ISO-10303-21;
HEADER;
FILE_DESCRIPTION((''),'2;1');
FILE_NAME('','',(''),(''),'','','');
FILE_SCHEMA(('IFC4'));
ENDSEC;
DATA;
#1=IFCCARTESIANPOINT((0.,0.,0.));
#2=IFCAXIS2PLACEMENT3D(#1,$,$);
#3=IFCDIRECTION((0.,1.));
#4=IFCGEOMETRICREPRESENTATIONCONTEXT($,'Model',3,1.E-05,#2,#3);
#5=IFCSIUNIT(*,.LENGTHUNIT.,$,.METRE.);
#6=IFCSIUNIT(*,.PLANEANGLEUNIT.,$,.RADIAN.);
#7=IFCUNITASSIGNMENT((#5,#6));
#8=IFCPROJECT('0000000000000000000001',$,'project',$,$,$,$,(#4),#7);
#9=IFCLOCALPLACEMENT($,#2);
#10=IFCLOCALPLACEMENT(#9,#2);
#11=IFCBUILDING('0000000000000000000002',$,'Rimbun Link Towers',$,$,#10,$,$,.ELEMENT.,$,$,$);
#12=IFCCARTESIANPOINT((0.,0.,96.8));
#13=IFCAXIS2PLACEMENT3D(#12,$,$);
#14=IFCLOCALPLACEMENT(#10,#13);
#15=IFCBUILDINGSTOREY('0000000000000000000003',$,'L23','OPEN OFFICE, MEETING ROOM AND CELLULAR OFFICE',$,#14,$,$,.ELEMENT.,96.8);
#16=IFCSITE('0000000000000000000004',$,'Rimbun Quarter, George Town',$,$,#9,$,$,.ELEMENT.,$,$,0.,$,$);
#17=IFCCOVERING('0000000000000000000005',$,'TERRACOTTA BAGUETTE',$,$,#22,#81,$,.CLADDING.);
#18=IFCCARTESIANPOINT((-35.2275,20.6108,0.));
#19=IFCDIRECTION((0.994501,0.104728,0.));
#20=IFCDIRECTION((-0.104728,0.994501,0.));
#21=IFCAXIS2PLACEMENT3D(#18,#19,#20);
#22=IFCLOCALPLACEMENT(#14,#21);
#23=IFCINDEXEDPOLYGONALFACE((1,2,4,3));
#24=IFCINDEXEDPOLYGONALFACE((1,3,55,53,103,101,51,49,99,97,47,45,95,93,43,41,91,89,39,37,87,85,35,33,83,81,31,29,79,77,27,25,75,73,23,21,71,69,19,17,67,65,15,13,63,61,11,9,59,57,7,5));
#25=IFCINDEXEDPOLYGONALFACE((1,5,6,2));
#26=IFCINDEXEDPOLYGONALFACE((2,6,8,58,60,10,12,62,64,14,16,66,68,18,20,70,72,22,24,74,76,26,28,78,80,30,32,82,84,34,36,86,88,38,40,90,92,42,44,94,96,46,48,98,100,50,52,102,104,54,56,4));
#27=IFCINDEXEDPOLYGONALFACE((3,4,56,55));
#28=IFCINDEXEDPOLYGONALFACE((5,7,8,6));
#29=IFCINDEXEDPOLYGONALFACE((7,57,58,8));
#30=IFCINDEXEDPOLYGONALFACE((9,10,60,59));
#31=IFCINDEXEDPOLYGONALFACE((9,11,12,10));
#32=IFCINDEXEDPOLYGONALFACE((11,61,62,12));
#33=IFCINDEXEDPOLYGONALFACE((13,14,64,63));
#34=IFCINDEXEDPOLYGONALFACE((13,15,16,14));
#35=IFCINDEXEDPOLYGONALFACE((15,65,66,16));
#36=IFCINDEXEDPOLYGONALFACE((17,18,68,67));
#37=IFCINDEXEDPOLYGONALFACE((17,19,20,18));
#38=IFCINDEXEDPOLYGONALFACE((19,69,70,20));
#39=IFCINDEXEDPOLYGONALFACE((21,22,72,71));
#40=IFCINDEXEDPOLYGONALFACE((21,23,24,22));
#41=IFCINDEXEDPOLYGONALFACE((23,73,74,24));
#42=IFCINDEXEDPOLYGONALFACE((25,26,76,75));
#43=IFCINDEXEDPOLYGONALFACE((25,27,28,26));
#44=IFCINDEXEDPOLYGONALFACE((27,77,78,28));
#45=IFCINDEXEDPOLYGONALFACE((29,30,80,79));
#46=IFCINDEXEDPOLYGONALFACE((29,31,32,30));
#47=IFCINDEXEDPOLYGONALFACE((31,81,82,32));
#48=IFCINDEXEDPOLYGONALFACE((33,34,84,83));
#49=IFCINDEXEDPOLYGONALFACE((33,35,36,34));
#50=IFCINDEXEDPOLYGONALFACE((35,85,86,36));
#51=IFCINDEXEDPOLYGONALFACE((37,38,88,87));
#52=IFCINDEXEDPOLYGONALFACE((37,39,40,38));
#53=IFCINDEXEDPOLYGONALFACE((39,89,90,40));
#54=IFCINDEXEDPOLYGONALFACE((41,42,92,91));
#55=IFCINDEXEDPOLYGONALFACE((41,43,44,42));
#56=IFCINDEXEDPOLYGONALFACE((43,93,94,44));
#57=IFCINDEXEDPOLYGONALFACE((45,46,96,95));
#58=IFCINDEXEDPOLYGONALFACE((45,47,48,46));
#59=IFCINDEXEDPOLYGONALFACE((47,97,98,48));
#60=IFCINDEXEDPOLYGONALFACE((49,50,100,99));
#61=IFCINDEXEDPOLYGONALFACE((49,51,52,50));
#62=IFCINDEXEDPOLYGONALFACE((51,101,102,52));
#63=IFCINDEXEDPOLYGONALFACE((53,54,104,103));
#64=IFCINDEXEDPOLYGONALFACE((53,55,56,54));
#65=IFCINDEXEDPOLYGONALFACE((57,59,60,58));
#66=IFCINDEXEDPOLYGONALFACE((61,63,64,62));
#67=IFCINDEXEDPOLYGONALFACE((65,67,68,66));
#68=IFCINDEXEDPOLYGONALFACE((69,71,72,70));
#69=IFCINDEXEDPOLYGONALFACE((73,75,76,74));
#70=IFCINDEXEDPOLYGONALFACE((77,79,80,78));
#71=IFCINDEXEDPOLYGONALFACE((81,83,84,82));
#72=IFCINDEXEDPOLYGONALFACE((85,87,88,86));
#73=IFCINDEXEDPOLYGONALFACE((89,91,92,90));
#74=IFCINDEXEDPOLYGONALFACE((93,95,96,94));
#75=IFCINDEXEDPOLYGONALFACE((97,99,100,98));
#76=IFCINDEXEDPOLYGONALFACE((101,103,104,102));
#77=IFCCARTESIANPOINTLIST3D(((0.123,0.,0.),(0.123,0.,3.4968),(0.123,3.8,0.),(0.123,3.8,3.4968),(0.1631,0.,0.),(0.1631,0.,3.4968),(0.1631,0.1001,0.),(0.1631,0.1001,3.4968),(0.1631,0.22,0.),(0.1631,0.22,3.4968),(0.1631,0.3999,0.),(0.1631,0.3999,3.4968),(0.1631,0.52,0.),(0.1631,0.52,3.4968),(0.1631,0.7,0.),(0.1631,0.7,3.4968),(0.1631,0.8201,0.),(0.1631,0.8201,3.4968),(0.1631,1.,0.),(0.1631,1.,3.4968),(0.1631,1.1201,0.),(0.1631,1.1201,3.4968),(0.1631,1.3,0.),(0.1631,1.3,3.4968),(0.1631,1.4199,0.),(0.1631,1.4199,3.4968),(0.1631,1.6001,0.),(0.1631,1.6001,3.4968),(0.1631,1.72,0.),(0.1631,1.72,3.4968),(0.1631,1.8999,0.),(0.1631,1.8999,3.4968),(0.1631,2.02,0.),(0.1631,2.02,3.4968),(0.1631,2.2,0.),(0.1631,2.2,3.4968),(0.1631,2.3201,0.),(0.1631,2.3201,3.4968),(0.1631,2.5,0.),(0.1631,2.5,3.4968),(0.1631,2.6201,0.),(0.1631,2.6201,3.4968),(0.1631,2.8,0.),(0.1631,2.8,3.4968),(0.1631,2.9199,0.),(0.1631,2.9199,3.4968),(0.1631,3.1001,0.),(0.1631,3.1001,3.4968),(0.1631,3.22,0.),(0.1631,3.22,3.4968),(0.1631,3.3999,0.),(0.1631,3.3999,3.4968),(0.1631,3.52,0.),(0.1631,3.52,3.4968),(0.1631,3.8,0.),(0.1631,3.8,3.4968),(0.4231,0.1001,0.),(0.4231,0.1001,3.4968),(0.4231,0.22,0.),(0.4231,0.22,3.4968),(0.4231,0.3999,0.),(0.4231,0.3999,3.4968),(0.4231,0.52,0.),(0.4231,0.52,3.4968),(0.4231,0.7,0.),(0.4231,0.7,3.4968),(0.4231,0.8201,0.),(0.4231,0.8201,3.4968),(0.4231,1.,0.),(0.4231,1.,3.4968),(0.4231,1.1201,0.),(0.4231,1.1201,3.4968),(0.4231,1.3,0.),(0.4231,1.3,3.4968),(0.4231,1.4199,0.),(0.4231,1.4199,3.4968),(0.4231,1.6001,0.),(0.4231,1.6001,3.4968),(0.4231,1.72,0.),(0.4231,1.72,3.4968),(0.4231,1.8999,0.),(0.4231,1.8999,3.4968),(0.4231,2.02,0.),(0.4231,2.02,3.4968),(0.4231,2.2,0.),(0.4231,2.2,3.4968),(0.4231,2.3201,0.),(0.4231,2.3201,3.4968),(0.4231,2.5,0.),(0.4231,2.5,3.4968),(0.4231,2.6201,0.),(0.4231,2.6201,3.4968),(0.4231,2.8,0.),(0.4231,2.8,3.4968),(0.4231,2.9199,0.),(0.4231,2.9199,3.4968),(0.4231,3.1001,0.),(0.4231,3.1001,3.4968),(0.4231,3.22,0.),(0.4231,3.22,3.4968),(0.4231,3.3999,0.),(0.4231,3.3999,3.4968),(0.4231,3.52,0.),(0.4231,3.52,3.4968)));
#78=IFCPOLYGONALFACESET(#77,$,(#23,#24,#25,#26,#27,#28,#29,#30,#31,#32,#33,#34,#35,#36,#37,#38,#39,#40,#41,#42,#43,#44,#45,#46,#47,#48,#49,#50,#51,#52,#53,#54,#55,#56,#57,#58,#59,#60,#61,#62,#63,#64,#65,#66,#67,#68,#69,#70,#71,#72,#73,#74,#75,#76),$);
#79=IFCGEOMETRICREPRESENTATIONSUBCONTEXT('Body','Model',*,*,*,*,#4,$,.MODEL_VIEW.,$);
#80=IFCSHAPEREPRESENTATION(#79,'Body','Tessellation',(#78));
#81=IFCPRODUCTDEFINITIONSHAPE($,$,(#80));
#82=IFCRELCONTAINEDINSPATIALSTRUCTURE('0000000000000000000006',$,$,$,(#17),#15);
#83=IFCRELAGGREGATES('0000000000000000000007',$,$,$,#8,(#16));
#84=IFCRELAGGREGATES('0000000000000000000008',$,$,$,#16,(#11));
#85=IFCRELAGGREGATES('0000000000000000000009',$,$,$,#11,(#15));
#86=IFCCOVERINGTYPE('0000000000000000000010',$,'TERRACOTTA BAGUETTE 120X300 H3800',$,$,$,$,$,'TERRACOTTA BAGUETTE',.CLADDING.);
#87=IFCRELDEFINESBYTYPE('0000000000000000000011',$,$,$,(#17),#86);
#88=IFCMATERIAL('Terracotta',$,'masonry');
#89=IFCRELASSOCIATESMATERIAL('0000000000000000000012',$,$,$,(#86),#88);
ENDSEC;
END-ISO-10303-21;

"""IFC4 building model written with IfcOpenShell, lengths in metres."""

from ifc_helpers import new_model, si_unit, direction, frame, origin, place, context, subcontext, project, spatial, polyline, outline, extrude, material, material_profile, profile_set, type_object, element, save


model = new_model("IFC4")

# Units and contexts
model_context = context("Model", 3, precision=1e-05, world=origin(), true_north=direction((0.0, 1.0)))
body_context = subcontext(model_context, "Body", "Model", "MODEL_VIEW")
ifc_project = project(units=[si_unit("LENGTHUNIT", "METRE"), si_unit("PLANEANGLEUNIT", "RADIAN")], contexts=[model_context])

# Site, building, storey
site_placement = place(None, origin())
site = spatial("IfcSite", under=ifc_project, at=site_placement, Name="Rimbun Quarter, George Town", CompositionType="ELEMENT", RefElevation=0.0)
building_placement = place(site_placement, origin())
building = spatial("IfcBuilding", under=site, at=building_placement, Name="Rimbun Link Towers", CompositionType="ELEMENT")
storey_placement = place(building_placement, frame((0.0, 0.0, 96.8)))
storey = spatial("IfcBuildingStorey", under=building, at=storey_placement, Name="L23", Description="OPEN OFFICE, MEETING ROOM AND CELLULAR OFFICE", CompositionType="ELEMENT", Elevation=96.8)

# Covering
ifc_material_1 = material(Name="Terracotta", Category="masonry")
ifc_material_profile_1 = material_profile(ifc_material_1, outline(polyline([(0.123, 0.0), (0.1631, 0.0), (0.1631, 0.1001), (0.4231, 0.1001), (0.4231, 0.22), (0.1631, 0.22), (0.1631, 0.3999), (0.4231, 0.3999), (0.4231, 0.52), (0.1631, 0.52), (0.1631, 0.7), (0.4231, 0.7), (0.4231, 0.8201), (0.1631, 0.8201), (0.1631, 1.0), (0.4231, 1.0), (0.4231, 1.1201), (0.1631, 1.1201), (0.1631, 1.3), (0.4231, 1.3), (0.4231, 1.4199), (0.1631, 1.4199), (0.1631, 1.6001), (0.4231, 1.6001), (0.4231, 1.72), (0.1631, 1.72), (0.1631, 1.8999), (0.4231, 1.8999), (0.4231, 2.02), (0.1631, 2.02), (0.1631, 2.2), (0.4231, 2.2), (0.4231, 2.3201), (0.1631, 2.3201), (0.1631, 2.5), (0.4231, 2.5), (0.4231, 2.6201), (0.1631, 2.6201), (0.1631, 2.8), (0.4231, 2.8), (0.4231, 2.9199), (0.1631, 2.9199), (0.1631, 3.1001), (0.4231, 3.1001), (0.4231, 3.22), (0.1631, 3.22), (0.1631, 3.3999), (0.4231, 3.3999), (0.4231, 3.52), (0.1631, 3.52), (0.1631, 3.8), (0.123, 3.8), (0.123, 0.0)])), Name="BAGUETTE 120X300")
ifc_profile_set_1 = profile_set([ifc_material_profile_1], Name="Terracotta")
covering_type = type_object("IfcCoveringType", Name="TERRACOTTA BAGUETTE 120X300 H3800", ElementType="TERRACOTTA BAGUETTE", PredefinedType="CLADDING", material=ifc_profile_set_1)
for number, where, z_axis, x_axis, name in (
    (1, (-35.2275, 20.6108, 0.0), (0.994501, 0.104728, 0.0), (-0.104728, 0.994501, 0.0), "TERRACOTTA BAGUETTE"),
):
    element("IfcCovering", number, at=place(storey_placement, frame(where, z_axis=z_axis, x_axis=x_axis)), inside=storey, type_object=covering_type, Name=name, PredefinedType="CLADDING", context=body_context, shape_type="SweptSolid", body=[
        extrude(outline(polyline([(0.123, 0.0), (0.1631, 0.0), (0.1631, 0.1001), (0.4231, 0.1001), (0.4231, 0.22), (0.1631, 0.22), (0.1631, 0.3999), (0.4231, 0.3999), (0.4231, 0.52), (0.1631, 0.52), (0.1631, 0.7), (0.4231, 0.7), (0.4231, 0.8201), (0.1631, 0.8201), (0.1631, 1.0), (0.4231, 1.0), (0.4231, 1.1201), (0.1631, 1.1201), (0.1631, 1.3), (0.4231, 1.3), (0.4231, 1.4199), (0.1631, 1.4199), (0.1631, 1.6001), (0.4231, 1.6001), (0.4231, 1.72), (0.1631, 1.72), (0.1631, 1.8999), (0.4231, 1.8999), (0.4231, 2.02), (0.1631, 2.02), (0.1631, 2.2), (0.4231, 2.2), (0.4231, 2.3201), (0.1631, 2.3201), (0.1631, 2.5), (0.4231, 2.5), (0.4231, 2.6201), (0.1631, 2.6201), (0.1631, 2.8), (0.4231, 2.8), (0.4231, 2.9199), (0.1631, 2.9199), (0.1631, 3.1001), (0.4231, 3.1001), (0.4231, 3.22), (0.1631, 3.22), (0.1631, 3.3999), (0.4231, 3.3999), (0.4231, 3.52), (0.1631, 3.52), (0.1631, 3.8), (0.123, 3.8), (0.123, 0.0)])), origin(), (0.0, 0.0, 1.0), 3.4968),
    ])

save(model, "model.ifc")
